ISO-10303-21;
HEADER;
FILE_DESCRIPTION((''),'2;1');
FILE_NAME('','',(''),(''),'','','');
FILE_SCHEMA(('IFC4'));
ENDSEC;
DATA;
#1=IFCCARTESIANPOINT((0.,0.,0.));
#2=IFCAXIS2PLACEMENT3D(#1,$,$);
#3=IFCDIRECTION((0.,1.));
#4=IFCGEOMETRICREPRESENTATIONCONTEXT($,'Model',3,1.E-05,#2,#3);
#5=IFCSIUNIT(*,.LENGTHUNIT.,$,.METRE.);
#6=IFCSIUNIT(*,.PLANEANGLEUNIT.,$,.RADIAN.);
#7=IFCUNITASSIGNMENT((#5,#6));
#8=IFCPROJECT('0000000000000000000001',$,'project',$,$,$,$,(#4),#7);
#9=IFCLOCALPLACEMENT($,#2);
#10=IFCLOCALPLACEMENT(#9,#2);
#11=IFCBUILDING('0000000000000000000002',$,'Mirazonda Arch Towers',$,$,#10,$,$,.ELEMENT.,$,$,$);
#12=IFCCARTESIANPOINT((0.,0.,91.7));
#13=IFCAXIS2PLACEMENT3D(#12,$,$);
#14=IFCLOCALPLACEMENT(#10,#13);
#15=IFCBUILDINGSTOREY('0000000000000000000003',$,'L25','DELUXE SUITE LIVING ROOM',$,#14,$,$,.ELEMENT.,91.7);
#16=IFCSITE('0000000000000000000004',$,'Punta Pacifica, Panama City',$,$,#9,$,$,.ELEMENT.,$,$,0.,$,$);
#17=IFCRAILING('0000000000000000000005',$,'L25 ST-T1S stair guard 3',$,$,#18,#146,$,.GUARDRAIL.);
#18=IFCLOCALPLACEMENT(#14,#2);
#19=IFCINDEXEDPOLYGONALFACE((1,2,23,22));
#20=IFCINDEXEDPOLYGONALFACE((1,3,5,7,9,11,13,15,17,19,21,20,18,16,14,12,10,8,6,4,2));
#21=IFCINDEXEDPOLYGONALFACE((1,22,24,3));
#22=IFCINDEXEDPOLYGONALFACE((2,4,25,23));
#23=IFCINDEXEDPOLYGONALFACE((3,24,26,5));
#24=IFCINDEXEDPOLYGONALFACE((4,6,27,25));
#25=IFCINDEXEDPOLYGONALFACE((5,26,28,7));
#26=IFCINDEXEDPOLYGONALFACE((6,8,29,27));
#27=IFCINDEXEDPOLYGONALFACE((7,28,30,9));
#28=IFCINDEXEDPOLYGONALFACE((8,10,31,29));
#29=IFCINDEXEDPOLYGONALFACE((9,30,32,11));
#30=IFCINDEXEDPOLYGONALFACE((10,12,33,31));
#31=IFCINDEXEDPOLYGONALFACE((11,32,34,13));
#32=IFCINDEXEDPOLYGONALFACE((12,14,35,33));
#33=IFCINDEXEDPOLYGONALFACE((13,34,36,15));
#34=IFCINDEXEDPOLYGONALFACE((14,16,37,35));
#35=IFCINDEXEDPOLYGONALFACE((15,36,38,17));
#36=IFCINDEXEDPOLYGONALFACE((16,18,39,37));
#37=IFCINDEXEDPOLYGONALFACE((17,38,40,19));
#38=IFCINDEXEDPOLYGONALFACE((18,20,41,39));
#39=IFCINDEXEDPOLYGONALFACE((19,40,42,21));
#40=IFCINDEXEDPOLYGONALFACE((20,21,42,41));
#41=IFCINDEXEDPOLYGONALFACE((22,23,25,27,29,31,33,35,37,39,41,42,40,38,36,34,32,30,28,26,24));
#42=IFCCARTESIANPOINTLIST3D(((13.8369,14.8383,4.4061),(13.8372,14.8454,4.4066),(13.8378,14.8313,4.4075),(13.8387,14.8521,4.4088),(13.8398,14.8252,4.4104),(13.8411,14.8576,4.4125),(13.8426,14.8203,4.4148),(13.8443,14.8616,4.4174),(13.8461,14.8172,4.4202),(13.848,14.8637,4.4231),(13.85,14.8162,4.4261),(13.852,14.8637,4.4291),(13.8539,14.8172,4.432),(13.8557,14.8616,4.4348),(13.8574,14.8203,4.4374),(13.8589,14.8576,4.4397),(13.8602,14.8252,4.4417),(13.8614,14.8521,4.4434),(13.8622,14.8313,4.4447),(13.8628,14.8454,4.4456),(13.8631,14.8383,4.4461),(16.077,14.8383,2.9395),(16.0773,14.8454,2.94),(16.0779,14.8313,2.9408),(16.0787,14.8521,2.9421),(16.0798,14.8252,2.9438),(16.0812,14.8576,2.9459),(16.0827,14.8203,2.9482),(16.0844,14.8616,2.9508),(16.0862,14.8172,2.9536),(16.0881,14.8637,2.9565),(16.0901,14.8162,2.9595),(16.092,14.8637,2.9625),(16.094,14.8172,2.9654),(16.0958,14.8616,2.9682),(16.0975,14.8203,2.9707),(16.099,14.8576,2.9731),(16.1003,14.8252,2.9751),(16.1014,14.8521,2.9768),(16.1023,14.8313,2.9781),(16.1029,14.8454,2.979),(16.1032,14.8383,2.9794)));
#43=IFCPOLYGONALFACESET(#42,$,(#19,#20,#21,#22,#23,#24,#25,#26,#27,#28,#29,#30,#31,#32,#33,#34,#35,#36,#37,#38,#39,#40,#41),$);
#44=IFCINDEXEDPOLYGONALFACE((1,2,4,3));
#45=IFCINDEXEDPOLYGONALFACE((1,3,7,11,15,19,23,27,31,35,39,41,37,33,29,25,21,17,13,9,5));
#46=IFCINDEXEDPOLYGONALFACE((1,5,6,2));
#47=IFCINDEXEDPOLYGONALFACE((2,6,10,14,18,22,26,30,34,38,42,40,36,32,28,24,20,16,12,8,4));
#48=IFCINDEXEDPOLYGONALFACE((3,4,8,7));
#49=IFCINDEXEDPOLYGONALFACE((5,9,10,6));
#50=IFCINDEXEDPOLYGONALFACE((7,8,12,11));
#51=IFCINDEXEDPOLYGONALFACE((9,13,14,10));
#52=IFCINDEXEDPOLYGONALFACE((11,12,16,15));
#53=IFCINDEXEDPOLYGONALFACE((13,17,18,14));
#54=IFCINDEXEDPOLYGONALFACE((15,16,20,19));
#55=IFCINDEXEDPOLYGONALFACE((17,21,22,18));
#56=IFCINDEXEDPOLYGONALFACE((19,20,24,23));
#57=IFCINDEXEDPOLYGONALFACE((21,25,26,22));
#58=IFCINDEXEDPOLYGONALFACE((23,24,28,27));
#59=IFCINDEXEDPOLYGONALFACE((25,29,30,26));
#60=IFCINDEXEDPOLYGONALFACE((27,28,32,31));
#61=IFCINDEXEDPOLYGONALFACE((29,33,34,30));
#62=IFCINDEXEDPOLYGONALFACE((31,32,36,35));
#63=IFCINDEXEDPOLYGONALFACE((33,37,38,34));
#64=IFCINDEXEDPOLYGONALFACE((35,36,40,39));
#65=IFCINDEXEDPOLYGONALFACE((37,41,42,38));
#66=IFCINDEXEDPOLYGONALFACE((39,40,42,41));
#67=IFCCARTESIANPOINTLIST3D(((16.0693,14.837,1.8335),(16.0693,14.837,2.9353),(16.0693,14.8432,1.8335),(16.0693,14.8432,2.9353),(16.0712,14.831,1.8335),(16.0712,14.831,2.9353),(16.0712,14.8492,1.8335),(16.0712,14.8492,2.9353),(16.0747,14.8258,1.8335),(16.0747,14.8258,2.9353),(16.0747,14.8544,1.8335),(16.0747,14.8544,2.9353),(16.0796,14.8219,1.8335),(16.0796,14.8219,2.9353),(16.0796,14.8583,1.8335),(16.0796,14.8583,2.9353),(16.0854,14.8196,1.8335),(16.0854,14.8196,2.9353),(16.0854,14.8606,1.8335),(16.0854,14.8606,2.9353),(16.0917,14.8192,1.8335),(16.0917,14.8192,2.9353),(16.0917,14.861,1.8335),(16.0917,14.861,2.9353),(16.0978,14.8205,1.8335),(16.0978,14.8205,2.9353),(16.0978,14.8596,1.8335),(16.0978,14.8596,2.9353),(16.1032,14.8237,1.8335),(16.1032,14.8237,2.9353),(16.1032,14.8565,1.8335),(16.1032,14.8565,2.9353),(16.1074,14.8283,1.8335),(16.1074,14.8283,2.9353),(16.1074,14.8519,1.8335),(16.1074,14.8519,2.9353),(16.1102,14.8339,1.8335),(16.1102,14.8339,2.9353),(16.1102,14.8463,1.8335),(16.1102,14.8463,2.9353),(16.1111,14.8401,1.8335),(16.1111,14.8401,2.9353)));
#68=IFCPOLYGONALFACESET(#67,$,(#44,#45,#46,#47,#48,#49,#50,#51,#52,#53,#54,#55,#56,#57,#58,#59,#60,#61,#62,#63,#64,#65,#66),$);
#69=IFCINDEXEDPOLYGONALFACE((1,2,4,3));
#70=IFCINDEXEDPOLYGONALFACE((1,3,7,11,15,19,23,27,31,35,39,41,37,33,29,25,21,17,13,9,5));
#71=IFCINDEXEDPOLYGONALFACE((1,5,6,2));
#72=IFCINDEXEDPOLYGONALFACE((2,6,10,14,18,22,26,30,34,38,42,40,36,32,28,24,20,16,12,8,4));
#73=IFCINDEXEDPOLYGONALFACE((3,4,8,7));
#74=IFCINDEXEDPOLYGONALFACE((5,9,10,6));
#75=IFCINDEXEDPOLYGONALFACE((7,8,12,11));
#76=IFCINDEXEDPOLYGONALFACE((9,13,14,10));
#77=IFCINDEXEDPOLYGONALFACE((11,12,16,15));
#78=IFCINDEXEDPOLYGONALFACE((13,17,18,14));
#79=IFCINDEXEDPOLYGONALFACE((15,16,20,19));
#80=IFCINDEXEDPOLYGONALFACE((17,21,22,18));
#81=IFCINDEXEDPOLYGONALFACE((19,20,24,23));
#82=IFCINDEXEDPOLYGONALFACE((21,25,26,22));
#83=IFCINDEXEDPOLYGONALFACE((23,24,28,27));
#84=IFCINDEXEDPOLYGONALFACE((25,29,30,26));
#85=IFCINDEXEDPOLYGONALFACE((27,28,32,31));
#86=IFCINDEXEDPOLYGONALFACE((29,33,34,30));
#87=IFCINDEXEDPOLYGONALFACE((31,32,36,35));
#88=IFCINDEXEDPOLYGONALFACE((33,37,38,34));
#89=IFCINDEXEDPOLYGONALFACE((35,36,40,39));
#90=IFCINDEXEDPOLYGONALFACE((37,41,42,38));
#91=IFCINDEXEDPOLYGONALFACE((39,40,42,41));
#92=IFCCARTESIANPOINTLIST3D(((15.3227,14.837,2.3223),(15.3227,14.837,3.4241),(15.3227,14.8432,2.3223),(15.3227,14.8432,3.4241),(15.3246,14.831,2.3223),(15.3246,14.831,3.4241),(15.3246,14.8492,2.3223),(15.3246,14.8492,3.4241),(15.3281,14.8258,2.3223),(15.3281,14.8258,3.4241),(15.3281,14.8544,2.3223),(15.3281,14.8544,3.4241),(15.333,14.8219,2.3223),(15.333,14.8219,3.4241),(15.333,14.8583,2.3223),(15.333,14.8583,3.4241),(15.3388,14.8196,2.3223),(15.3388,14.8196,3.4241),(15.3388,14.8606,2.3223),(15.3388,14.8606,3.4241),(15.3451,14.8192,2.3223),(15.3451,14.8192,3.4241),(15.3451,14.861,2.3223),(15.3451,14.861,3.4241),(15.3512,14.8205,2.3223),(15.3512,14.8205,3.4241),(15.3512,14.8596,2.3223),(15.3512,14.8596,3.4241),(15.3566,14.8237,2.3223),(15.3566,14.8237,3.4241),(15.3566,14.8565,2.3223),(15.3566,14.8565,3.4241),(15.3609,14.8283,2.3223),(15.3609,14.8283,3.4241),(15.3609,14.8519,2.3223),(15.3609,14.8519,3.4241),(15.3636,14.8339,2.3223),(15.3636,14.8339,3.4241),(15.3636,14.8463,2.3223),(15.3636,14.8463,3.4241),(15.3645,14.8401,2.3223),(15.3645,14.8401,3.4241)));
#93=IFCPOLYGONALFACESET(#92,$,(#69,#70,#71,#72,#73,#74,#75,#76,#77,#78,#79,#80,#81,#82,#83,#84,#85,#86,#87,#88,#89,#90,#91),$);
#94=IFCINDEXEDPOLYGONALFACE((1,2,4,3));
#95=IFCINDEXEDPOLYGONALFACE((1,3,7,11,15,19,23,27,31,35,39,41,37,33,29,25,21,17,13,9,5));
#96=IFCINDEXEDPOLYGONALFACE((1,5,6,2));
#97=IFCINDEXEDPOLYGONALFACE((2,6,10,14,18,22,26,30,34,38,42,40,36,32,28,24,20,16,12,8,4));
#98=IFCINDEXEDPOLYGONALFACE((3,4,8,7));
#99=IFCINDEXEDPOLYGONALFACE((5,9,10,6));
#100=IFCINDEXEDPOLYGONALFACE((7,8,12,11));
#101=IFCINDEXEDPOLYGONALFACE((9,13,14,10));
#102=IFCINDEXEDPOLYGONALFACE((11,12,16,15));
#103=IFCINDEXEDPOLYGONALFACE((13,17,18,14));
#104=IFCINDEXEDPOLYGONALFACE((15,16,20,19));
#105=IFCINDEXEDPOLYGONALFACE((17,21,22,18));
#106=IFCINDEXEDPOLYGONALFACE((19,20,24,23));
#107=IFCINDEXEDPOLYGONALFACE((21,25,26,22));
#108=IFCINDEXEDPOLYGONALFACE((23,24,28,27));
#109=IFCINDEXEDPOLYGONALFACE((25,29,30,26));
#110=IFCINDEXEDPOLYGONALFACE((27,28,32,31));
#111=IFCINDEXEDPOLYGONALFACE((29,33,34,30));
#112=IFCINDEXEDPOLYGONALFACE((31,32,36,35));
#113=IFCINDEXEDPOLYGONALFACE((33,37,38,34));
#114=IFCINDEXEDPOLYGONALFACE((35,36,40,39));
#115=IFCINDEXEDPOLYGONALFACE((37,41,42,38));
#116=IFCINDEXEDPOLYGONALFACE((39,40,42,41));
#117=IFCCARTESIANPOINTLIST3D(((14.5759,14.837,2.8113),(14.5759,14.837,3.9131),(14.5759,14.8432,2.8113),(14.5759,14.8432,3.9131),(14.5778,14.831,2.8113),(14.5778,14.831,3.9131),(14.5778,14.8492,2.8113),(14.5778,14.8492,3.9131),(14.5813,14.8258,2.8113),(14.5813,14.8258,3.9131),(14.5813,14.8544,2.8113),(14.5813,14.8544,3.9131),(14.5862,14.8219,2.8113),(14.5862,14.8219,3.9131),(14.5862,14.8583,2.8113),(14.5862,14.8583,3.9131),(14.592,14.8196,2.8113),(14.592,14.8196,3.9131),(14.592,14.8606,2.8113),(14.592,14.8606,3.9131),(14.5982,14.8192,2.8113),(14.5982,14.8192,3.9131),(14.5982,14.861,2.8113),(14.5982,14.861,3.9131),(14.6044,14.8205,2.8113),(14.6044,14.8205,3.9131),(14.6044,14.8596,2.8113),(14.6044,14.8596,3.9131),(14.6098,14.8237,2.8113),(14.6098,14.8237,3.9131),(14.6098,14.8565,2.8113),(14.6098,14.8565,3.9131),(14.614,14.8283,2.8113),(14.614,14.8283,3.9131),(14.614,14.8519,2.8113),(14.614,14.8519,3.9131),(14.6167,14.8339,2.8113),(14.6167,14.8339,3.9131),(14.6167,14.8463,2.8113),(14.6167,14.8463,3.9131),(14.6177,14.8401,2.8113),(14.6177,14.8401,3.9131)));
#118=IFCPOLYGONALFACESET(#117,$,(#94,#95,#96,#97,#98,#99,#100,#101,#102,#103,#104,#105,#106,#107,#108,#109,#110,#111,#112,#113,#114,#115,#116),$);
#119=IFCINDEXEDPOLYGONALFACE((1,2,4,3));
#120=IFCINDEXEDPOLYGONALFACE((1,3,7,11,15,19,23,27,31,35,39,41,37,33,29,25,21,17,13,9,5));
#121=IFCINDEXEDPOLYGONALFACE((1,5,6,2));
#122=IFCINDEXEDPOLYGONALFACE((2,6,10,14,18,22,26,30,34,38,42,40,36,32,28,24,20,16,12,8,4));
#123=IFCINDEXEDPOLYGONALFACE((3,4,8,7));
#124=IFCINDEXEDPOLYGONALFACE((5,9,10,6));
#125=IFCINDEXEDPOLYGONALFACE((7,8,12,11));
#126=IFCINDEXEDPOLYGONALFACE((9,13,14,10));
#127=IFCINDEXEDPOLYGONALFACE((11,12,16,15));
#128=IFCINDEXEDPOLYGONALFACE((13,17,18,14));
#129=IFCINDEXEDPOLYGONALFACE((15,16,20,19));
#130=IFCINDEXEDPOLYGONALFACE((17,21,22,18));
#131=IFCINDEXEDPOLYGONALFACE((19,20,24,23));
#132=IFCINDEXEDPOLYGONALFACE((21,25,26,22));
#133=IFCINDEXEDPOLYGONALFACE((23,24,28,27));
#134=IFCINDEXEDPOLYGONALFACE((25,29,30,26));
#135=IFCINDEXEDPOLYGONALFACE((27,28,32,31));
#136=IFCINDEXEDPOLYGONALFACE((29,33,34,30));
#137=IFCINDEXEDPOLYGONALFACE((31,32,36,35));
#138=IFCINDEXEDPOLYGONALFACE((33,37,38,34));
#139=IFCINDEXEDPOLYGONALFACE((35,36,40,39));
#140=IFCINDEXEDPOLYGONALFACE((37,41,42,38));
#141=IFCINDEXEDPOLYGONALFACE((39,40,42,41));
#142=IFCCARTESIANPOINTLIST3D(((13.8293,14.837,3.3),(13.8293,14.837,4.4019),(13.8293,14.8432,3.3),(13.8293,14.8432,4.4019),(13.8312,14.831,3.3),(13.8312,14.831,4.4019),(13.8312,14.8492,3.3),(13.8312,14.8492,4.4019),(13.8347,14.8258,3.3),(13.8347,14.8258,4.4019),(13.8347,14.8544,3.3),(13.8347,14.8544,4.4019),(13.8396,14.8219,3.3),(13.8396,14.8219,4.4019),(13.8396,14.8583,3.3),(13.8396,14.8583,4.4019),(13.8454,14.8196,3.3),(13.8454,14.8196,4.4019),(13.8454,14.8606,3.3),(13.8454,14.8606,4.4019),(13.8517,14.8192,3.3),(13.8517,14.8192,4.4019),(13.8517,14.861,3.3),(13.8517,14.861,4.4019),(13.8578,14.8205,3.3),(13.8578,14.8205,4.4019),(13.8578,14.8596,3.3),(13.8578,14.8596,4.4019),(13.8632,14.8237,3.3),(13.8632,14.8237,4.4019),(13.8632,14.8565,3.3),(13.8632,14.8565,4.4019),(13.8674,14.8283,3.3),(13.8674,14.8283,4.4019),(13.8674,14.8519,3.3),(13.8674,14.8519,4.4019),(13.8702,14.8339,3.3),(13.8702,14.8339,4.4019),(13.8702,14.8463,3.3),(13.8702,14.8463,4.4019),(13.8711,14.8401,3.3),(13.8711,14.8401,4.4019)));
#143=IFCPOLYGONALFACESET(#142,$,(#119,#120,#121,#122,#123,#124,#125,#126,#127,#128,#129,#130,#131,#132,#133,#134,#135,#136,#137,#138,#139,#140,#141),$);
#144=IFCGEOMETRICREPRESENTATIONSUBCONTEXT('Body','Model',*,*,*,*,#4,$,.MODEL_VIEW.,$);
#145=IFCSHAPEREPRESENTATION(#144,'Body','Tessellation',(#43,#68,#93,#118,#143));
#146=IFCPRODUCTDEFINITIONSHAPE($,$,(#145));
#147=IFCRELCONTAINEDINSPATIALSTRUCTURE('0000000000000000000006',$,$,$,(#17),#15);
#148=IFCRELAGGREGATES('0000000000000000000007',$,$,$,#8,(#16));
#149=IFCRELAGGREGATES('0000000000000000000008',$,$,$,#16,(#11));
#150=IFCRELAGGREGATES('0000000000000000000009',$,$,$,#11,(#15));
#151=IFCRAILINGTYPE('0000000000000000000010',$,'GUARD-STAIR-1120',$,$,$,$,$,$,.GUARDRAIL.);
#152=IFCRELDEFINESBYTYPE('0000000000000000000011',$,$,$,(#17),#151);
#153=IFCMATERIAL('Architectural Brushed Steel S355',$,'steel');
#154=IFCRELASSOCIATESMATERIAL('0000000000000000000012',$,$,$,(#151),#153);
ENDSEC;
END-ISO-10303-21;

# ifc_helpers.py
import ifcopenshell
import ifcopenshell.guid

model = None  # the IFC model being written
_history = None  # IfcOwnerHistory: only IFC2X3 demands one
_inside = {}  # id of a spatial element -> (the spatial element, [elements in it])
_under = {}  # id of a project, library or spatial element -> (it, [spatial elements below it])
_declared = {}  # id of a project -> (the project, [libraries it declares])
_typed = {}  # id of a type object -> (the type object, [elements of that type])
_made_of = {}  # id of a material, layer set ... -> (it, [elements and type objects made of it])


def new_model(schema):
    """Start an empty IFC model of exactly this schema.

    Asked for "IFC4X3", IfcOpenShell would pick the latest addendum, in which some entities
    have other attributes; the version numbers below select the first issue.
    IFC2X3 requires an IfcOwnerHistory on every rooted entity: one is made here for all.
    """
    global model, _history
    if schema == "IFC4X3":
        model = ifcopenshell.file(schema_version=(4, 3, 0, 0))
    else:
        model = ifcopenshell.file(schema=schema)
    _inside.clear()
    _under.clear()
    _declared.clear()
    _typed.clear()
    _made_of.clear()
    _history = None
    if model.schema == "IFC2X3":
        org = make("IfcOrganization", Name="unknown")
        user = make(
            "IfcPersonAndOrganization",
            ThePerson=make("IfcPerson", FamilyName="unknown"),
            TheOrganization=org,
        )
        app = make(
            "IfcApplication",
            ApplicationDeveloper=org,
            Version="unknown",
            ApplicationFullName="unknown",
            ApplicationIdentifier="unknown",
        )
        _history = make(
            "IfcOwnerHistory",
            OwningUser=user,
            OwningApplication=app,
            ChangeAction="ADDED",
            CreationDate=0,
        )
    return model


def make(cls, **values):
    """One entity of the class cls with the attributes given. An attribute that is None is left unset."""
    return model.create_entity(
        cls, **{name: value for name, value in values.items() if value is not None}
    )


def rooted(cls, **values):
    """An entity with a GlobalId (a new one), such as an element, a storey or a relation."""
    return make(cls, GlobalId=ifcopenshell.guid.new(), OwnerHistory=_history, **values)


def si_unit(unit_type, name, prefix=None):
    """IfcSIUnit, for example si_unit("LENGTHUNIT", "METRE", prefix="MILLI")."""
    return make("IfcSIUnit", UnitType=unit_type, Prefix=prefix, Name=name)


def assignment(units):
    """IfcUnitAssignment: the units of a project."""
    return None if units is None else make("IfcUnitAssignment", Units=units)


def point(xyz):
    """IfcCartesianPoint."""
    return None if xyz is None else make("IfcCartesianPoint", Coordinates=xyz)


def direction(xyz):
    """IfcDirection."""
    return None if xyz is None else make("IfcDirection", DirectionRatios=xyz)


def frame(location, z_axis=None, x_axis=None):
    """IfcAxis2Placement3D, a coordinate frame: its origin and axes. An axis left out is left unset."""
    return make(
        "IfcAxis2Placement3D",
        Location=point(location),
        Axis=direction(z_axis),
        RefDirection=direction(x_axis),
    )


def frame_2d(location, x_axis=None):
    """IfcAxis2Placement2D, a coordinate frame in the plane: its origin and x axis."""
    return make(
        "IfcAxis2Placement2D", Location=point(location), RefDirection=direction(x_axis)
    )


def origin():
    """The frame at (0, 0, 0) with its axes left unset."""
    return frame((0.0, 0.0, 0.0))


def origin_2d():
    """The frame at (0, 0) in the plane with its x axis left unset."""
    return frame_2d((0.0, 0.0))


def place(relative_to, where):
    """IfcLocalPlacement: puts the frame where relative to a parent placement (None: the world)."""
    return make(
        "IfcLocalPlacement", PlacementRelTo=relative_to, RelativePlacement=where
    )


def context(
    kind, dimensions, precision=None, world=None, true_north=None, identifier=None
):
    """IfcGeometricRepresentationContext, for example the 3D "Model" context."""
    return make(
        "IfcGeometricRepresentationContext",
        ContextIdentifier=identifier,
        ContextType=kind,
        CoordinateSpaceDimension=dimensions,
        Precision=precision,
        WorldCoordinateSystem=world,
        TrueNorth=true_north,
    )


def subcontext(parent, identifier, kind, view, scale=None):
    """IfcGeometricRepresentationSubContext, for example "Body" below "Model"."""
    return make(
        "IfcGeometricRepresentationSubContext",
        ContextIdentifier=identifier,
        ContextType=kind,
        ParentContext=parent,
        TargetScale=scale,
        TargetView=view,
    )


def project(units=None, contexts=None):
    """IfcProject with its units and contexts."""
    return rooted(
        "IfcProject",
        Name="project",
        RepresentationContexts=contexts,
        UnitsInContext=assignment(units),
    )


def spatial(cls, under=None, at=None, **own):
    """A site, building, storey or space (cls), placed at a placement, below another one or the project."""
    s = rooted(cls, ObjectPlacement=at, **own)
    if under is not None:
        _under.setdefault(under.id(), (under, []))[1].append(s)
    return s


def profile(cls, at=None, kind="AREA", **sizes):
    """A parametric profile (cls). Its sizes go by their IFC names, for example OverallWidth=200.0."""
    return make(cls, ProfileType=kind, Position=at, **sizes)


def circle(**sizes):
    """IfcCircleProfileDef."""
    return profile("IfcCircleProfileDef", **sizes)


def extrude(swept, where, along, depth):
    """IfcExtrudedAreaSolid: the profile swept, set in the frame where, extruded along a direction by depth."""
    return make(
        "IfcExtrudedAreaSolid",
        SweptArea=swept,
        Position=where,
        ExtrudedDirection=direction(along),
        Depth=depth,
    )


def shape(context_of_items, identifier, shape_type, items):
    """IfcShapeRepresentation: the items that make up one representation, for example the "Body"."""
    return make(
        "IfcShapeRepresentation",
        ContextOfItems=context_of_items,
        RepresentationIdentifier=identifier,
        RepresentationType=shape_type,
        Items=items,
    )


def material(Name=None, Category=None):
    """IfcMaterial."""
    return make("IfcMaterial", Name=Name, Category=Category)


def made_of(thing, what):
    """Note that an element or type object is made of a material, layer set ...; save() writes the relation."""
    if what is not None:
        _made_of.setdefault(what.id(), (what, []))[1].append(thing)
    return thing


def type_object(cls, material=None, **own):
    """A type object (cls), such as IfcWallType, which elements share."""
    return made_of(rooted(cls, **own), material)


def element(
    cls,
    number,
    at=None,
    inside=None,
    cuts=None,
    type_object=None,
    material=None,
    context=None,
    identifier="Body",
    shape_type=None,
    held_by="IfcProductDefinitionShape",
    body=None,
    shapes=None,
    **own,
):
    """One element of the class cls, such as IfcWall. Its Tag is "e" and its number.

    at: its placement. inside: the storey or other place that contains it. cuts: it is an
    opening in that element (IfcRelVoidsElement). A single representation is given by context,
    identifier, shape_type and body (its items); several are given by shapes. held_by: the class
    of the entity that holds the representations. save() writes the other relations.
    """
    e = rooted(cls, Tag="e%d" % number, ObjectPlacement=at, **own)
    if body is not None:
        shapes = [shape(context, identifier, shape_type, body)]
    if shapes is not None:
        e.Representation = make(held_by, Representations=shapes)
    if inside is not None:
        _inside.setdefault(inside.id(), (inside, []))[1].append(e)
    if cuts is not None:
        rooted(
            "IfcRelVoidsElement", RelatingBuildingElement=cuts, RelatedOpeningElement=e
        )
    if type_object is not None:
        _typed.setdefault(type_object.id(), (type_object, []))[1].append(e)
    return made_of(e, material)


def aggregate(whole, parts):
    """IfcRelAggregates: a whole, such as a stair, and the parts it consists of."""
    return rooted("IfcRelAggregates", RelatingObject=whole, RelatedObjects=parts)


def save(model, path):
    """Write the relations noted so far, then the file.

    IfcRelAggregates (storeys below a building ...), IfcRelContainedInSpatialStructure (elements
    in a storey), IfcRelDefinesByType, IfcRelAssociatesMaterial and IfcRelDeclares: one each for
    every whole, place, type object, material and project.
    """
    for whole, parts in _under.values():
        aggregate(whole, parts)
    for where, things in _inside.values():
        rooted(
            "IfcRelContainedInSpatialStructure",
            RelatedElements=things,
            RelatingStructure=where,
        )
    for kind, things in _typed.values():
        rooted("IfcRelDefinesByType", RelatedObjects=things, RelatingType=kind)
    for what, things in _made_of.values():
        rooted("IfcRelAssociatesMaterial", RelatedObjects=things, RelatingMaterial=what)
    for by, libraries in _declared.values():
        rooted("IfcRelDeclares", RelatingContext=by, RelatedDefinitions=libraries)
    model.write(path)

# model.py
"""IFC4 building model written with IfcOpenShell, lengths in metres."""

from ifc_helpers import new_model, si_unit, direction, frame, origin, origin_2d, place, context, subcontext, project, spatial, circle, extrude, material, type_object, element, save


model = new_model("IFC4")

# Units and contexts
model_context = context("Model", 3, precision=1e-05, world=origin(), true_north=direction((0.0, 1.0)))
body_context = subcontext(model_context, "Body", "Model", "MODEL_VIEW")
ifc_project = project(units=[si_unit("LENGTHUNIT", "METRE"), si_unit("PLANEANGLEUNIT", "RADIAN")], contexts=[model_context])

# Site, building, storey
site_placement = place(None, origin())
site = spatial("IfcSite", under=ifc_project, at=site_placement, Name="Punta Pacifica, Panama City", CompositionType="ELEMENT", RefElevation=0.0)
building_placement = place(site_placement, origin())
building = spatial("IfcBuilding", under=site, at=building_placement, Name="Mirazonda Arch Towers", CompositionType="ELEMENT")
storey_placement = place(building_placement, frame((0.0, 0.0, 91.7)))
storey = spatial("IfcBuildingStorey", under=building, at=storey_placement, Name="L25", Description="DELUXE SUITE LIVING ROOM", CompositionType="ELEMENT", Elevation=91.7)

# Railing
ifc_material_1 = material(Name="Architectural Brushed Steel S355", Category="steel")
railing_type_1 = type_object("IfcRailingType", Name="GUARD-STAIR-1120", PredefinedType="GUARDRAIL", material=ifc_material_1)
railing_1_placement = place(storey_placement, frame((16.0901, 14.8401, 1.8335)))
element("IfcRailing", 1, at=railing_1_placement, inside=storey, type_object=railing_type_1, Name="L25 ST-T1S stair guard 3", PredefinedType="GUARDRAIL", context=body_context, shape_type="SweptSolid", body=[
    extrude(circle(Radius=0.0239, at=origin_2d()), frame((0.0, 0.0, 1.126), z_axis=(-0.836637, 0.0, 0.547758), x_axis=(0.0, -1.0, 0.0)), (0.0, 0.0, 1.0), 2.6775),
    extrude(circle(Radius=0.021, at=origin_2d()), origin(), (0.0, 0.0, 1.0), 1.1018),
    extrude(circle(Radius=0.021, at=origin_2d()), frame((-0.7466, 0.0, 0.4888)), (0.0, 0.0, 1.0), 1.1018),
    extrude(circle(Radius=0.021, at=origin_2d()), frame((-1.4934, 0.0, 0.9778)), (0.0, 0.0, 1.0), 1.1018),
    extrude(circle(Radius=0.021, at=origin_2d()), frame((-2.24, 0.0, 1.4666)), (0.0, 0.0, 1.0), 1.1018),
])

save(model, "model.ifc")
